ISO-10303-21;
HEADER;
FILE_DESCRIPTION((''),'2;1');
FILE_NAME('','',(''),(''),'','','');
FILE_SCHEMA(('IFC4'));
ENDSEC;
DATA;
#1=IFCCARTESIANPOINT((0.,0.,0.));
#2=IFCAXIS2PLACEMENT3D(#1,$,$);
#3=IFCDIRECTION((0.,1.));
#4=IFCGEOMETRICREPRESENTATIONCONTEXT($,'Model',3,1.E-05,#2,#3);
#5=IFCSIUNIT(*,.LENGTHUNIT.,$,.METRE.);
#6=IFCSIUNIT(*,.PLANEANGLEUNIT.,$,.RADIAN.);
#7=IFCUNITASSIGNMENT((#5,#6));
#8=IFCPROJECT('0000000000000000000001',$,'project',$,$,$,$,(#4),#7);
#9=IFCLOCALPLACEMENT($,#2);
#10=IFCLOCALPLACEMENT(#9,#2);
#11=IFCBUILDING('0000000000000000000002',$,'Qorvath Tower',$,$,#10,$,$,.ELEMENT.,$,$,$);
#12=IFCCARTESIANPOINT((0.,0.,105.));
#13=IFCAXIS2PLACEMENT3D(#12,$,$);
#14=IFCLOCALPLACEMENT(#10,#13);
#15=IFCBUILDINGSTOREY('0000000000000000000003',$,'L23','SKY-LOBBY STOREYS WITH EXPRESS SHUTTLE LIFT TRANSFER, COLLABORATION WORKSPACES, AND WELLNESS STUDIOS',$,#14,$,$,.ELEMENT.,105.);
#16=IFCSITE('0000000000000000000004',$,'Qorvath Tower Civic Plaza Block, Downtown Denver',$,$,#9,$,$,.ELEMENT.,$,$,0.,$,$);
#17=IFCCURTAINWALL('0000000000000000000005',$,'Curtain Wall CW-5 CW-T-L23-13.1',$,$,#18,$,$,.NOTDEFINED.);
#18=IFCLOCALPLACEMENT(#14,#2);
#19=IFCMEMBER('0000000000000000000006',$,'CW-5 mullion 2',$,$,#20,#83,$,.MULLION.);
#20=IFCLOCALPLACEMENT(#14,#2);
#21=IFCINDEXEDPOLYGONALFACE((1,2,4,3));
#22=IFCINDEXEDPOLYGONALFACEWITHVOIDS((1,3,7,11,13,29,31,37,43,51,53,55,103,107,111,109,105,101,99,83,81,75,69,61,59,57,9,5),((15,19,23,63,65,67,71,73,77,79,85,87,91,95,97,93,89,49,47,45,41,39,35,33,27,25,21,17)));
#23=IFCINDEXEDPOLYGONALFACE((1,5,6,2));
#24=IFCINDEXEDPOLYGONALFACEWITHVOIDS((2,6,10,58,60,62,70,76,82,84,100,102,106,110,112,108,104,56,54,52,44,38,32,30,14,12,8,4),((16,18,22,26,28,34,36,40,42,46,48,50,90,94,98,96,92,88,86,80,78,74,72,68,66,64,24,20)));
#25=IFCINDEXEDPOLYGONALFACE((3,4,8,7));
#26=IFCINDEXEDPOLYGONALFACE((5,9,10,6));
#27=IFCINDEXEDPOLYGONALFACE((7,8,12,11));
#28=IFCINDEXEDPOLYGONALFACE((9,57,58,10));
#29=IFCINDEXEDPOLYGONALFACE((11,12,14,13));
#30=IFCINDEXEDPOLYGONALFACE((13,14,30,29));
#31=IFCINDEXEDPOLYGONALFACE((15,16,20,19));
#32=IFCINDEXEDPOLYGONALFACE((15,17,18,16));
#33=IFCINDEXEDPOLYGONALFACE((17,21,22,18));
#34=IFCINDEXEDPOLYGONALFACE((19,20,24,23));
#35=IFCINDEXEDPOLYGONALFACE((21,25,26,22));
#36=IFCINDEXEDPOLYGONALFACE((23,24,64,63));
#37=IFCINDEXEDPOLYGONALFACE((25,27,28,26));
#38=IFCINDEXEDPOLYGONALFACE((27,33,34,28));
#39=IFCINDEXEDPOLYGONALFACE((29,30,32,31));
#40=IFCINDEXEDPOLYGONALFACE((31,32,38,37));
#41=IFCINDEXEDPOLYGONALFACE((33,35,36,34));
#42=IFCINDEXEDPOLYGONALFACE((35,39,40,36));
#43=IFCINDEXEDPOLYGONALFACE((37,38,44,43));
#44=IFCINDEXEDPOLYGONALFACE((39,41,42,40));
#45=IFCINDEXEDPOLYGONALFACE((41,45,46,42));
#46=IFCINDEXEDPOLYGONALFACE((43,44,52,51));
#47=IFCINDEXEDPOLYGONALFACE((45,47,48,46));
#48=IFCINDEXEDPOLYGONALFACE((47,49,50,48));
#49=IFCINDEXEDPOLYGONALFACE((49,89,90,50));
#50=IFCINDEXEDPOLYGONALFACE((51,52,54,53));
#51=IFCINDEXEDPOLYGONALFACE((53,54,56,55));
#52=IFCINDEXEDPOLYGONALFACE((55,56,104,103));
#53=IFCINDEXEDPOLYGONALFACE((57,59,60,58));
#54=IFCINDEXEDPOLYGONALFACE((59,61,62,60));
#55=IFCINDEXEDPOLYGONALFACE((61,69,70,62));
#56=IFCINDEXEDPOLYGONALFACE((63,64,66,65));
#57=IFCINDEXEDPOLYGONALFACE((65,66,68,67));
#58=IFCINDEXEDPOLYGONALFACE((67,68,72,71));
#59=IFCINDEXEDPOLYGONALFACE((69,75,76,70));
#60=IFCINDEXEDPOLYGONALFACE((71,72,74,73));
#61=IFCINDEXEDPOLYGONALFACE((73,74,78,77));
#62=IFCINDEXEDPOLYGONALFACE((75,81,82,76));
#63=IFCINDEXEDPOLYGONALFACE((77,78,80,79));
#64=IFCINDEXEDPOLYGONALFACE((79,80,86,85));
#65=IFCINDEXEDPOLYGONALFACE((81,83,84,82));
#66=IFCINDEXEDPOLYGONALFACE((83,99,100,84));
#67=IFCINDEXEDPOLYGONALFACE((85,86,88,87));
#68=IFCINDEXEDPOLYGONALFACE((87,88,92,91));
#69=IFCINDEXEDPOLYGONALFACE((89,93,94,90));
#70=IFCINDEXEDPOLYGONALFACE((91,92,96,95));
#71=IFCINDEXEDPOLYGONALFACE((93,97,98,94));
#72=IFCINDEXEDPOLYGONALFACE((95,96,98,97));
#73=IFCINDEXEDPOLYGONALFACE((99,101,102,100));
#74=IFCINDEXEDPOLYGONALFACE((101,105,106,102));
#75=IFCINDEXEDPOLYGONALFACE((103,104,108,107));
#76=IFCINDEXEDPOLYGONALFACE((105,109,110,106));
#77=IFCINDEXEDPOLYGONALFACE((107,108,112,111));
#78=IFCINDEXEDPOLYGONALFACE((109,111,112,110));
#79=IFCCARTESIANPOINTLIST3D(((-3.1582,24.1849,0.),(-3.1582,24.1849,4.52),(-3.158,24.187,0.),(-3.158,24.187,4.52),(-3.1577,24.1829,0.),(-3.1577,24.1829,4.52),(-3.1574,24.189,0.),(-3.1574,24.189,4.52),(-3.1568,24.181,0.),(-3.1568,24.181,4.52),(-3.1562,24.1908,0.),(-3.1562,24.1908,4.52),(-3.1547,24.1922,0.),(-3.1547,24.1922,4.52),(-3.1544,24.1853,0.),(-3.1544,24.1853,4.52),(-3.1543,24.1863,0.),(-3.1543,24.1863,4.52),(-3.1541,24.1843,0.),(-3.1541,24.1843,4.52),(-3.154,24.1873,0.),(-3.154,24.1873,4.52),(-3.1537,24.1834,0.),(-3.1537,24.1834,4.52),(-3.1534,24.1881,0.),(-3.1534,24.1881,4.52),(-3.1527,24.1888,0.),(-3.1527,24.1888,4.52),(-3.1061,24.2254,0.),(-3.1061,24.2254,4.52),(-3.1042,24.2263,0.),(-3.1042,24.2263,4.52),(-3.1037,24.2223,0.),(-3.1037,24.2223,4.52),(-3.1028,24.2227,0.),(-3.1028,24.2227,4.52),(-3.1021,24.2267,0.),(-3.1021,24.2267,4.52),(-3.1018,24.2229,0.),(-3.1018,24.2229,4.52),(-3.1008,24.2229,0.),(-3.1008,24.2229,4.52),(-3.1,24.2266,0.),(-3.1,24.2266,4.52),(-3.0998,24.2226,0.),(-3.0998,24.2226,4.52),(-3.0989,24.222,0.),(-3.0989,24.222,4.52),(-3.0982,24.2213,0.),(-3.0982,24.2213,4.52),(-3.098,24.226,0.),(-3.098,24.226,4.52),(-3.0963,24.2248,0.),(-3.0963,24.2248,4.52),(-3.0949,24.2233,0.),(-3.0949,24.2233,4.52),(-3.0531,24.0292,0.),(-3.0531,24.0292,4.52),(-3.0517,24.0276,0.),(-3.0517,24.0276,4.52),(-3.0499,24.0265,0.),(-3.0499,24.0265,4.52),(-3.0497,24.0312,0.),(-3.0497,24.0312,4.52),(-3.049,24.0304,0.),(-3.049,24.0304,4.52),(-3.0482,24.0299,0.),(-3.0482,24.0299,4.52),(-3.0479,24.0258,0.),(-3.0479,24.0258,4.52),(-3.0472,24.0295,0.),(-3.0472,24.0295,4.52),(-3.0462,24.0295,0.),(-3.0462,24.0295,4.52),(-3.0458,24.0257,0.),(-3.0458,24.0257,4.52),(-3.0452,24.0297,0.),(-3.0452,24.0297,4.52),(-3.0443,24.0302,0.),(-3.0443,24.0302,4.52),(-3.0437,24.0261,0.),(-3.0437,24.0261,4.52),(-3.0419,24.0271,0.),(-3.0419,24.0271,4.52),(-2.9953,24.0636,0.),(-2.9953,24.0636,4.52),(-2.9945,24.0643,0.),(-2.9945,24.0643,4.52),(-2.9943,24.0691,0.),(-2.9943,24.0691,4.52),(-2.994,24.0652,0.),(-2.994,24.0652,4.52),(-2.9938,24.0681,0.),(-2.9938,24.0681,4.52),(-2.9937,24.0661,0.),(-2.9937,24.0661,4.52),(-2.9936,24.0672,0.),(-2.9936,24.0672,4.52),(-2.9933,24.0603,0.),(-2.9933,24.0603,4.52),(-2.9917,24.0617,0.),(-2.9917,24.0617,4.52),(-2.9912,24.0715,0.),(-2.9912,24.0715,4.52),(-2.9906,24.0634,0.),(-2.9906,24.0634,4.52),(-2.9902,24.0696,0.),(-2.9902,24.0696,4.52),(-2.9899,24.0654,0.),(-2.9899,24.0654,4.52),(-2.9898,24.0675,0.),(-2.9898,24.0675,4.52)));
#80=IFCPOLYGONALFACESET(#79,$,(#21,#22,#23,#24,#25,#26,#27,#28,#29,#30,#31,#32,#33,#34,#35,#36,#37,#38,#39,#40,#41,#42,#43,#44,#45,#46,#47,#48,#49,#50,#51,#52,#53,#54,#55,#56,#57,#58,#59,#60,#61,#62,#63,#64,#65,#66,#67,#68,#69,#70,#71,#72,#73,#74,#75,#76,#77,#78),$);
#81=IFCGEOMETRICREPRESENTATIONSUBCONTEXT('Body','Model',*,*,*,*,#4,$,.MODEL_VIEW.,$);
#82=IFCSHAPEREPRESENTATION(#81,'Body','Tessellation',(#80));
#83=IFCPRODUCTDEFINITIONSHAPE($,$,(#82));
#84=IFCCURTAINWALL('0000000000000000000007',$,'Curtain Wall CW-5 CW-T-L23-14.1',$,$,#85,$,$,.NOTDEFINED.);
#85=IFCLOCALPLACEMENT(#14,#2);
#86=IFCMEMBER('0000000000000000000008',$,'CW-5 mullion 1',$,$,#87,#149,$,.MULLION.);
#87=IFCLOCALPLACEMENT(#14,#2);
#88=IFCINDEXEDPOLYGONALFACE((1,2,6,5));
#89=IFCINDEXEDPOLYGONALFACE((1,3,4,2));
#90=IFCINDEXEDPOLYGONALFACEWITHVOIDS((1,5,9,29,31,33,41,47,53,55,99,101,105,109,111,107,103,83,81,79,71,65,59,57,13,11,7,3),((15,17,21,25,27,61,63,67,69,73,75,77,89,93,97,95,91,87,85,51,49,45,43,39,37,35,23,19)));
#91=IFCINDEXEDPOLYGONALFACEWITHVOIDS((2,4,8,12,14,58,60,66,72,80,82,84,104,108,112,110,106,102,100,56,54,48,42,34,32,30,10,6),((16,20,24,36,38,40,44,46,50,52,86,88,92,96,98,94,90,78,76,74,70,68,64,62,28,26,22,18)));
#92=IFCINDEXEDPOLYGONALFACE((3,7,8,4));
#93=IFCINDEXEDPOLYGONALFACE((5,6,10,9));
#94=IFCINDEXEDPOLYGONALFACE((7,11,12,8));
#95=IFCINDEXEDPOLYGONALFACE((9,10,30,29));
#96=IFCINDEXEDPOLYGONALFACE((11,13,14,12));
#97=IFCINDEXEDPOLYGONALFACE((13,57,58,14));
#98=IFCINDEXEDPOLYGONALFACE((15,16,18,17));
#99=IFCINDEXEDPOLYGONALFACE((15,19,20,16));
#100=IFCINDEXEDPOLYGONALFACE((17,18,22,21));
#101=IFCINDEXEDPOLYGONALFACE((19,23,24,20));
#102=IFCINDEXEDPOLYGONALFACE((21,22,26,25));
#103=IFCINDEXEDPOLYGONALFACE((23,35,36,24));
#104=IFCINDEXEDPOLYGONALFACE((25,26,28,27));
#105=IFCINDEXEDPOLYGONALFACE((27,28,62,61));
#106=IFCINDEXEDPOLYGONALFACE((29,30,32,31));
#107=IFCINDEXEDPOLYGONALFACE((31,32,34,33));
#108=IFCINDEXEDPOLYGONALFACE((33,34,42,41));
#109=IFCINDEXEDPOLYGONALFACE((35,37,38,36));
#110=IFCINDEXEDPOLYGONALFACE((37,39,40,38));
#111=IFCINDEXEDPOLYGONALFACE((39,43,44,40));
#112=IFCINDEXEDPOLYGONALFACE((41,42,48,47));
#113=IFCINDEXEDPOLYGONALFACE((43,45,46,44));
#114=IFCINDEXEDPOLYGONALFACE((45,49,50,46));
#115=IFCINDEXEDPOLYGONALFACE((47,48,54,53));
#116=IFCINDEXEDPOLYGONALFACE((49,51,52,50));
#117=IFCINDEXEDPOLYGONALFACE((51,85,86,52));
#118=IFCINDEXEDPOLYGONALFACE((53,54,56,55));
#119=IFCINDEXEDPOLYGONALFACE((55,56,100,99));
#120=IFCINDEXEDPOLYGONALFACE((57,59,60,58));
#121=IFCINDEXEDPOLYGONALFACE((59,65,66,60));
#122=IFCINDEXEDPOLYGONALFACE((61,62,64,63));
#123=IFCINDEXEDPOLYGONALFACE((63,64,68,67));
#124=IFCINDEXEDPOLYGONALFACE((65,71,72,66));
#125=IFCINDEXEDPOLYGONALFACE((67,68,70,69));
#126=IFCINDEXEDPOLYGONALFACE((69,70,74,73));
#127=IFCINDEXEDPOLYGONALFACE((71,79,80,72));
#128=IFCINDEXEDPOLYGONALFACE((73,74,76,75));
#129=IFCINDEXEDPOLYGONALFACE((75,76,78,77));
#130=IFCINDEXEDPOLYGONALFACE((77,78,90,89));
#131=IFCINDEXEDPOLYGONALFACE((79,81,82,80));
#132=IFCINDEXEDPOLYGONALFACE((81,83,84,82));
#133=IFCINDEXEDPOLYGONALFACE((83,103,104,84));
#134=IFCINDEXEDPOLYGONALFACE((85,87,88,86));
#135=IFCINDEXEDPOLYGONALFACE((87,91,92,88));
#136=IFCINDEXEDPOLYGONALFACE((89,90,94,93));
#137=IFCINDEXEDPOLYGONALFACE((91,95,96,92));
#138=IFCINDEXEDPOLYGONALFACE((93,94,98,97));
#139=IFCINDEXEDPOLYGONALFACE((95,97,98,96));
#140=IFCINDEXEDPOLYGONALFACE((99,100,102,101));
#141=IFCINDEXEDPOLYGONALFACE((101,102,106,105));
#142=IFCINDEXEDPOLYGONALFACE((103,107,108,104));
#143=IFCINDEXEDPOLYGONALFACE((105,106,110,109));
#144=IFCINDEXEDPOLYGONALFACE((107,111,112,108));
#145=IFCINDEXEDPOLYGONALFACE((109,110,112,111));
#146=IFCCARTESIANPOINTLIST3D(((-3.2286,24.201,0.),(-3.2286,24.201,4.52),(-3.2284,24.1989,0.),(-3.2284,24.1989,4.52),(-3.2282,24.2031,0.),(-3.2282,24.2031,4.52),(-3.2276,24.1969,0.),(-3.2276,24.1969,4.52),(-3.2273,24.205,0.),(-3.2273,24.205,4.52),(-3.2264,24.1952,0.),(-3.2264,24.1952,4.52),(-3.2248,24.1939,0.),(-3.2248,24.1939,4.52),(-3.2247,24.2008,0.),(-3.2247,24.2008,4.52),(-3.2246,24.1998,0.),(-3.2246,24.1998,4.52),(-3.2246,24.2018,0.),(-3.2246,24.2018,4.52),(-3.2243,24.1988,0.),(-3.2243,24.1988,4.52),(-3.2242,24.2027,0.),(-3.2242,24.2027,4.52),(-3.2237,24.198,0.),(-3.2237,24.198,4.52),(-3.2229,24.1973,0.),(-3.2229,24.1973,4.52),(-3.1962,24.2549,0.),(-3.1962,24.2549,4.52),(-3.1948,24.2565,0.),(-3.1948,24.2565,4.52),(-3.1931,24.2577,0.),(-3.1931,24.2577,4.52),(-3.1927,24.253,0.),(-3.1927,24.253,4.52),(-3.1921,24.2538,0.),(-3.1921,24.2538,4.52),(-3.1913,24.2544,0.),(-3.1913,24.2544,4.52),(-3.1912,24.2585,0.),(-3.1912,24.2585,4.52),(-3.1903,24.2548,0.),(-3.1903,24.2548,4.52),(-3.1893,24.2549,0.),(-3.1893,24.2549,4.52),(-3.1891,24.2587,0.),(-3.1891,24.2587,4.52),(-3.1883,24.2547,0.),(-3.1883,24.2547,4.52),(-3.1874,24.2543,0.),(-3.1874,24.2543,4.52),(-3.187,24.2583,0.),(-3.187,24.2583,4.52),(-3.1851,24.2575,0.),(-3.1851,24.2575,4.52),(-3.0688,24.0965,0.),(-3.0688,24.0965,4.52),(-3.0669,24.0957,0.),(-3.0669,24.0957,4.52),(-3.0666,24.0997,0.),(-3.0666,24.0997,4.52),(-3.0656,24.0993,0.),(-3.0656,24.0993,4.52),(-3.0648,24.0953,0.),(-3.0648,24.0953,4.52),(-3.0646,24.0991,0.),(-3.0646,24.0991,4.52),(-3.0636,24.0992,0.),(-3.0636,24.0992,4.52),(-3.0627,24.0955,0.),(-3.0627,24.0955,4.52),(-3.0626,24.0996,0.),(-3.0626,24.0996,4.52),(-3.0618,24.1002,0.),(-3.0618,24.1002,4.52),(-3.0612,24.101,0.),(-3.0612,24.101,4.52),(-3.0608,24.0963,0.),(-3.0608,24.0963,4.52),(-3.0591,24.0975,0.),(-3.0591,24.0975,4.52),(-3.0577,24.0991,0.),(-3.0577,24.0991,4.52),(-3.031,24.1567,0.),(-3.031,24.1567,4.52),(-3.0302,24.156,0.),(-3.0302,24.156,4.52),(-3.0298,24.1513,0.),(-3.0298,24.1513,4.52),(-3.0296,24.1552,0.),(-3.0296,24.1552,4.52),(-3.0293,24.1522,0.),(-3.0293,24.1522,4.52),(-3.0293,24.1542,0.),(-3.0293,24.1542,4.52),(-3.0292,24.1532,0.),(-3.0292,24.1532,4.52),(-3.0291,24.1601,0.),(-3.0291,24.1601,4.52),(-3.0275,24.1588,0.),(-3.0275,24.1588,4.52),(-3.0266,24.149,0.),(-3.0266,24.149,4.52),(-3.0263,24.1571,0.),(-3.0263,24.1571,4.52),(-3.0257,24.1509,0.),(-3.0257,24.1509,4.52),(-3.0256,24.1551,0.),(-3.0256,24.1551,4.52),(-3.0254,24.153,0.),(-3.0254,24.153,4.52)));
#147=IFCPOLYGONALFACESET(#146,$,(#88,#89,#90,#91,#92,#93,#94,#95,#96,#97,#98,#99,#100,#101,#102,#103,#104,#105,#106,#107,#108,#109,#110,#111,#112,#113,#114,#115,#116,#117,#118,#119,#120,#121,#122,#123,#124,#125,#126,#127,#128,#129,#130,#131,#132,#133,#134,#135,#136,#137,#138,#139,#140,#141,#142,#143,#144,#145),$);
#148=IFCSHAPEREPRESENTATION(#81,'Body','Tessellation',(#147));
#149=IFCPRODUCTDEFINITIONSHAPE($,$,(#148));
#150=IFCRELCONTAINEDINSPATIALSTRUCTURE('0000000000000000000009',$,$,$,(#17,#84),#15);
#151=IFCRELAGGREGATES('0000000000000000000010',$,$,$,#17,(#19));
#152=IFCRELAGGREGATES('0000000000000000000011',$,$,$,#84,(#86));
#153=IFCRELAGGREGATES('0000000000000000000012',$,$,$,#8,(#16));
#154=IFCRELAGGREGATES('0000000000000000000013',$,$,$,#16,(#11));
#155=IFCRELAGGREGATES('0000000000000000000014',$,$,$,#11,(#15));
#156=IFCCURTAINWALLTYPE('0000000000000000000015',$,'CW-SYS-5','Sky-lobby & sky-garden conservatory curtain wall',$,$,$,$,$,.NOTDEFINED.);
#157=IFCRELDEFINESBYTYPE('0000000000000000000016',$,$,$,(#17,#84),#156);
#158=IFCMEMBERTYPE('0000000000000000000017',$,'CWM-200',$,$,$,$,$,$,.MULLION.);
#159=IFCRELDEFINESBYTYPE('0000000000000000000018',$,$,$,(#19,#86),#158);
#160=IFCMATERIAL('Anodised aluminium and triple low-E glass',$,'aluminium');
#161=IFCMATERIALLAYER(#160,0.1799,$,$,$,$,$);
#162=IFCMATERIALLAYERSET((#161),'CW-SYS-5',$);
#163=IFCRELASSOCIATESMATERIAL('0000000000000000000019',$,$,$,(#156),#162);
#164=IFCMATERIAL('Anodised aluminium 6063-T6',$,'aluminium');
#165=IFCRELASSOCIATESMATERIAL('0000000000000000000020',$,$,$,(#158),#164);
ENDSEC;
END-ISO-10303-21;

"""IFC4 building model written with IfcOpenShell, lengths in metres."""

from ifc_helpers import new_model, si_unit, direction, frame, origin, origin_2d, place, context, subcontext, project, spatial, hollow_rectangle, extrude, material, layer, layer_set, material_profile, profile_set, type_object, element, aggregate, save


model = new_model("IFC4")

# Units and contexts
model_context = context("Model", 3, precision=1e-05, world=origin(), true_north=direction((0.0, 1.0)))
body_context = subcontext(model_context, "Body", "Model", "MODEL_VIEW")
ifc_project = project(units=[si_unit("LENGTHUNIT", "METRE"), si_unit("PLANEANGLEUNIT", "RADIAN")], contexts=[model_context])

# Site, building, storey
site_placement = place(None, origin())
site = spatial("IfcSite", under=ifc_project, at=site_placement, Name="Qorvath Tower Civic Plaza Block, Downtown Denver", CompositionType="ELEMENT", RefElevation=0.0)
building_placement = place(site_placement, origin())
building = spatial("IfcBuilding", under=site, at=building_placement, Name="Qorvath Tower", CompositionType="ELEMENT")
storey_placement = place(building_placement, frame((0.0, 0.0, 105.0)))
storey = spatial("IfcBuildingStorey", under=building, at=storey_placement, Name="L23", Description="SKY-LOBBY STOREYS WITH EXPRESS SHUTTLE LIFT TRANSFER, COLLABORATION WORKSPACES, AND WELLNESS STUDIOS", CompositionType="ELEMENT", Elevation=105.0)

# Shared definitions
ifc_material_1 = material(Name="Anodised aluminium and triple low-E glass", Category="aluminium")
ifc_layer_1 = layer(ifc_material_1, 0.1799)
ifc_layer_set_1 = layer_set([ifc_layer_1], Name="CW-SYS-5")
curtain_wall_type = type_object("IfcCurtainWallType", Name="CW-SYS-5", Description="Sky-lobby & sky-garden conservatory curtain wall", PredefinedType="NOTDEFINED", material=ifc_layer_set_1)
ifc_material_2 = material(Name="Anodised aluminium 6063-T6", Category="aluminium")
ifc_material_profile_1 = material_profile(ifc_material_2, hollow_rectangle(XDim=0.075, YDim=0.2, WallThickness=0.0039, InnerFilletRadius=0.0039, OuterFilletRadius=0.0081, at=origin_2d()), Name="CWM 200x75")
ifc_profile_set_1 = profile_set([ifc_material_profile_1], Name="Anodised aluminium 6063-T6")
member_type_1 = type_object("IfcMemberType", Name="CWM-200", PredefinedType="MULLION", material=ifc_profile_set_1)

# Curtain walls, members
curtain_wall_1_placement = place(storey_placement, origin())
curtain_wall_1 = element("IfcCurtainWall", 1, at=curtain_wall_1_placement, inside=storey, type_object=curtain_wall_type, Name="Curtain Wall CW-5 CW-T-L23-13.1", PredefinedType="NOTDEFINED")
member_1_placement = place(storey_placement, frame((-3.074, 24.1262, 0.0), z_axis=(0.0, 0.0, 1.0), x_axis=(-0.825693, -0.56412, 0.0)))
member_1 = element("IfcMember", 2, at=member_1_placement, type_object=member_type_1, Name="CW-5 mullion 2", PredefinedType="MULLION", context=body_context, shape_type="SweptSolid", body=[
    extrude(hollow_rectangle(XDim=0.075, YDim=0.2, WallThickness=0.0039, InnerFilletRadius=0.0039, OuterFilletRadius=0.0081, at=origin_2d()), origin(), (0.0, 0.0, 1.0), 4.52),
])
curtain_wall_2_placement = place(storey_placement, origin())
curtain_wall_2 = element("IfcCurtainWall", 3, at=curtain_wall_2_placement, inside=storey, type_object=curtain_wall_type, Name="Curtain Wall CW-5 CW-T-L23-14.1", PredefinedType="NOTDEFINED")
member_2_placement = place(storey_placement, frame((-3.127, 24.177, 0.0), z_axis=(0.0, 0.0, 1.0), x_axis=(-0.529584, -0.848257, 0.0)))
member_2 = element("IfcMember", 4, at=member_2_placement, type_object=member_type_1, Name="CW-5 mullion 1", PredefinedType="MULLION", context=body_context, shape_type="SweptSolid", body=[
    extrude(hollow_rectangle(XDim=0.075, YDim=0.2, WallThickness=0.0039, InnerFilletRadius=0.0039, OuterFilletRadius=0.0081, at=origin_2d()), origin(), (0.0, 0.0, 1.0), 4.52),
])

aggregate(curtain_wall_1, [member_1])
aggregate(curtain_wall_2, [member_2])

save(model, "model.ifc")
